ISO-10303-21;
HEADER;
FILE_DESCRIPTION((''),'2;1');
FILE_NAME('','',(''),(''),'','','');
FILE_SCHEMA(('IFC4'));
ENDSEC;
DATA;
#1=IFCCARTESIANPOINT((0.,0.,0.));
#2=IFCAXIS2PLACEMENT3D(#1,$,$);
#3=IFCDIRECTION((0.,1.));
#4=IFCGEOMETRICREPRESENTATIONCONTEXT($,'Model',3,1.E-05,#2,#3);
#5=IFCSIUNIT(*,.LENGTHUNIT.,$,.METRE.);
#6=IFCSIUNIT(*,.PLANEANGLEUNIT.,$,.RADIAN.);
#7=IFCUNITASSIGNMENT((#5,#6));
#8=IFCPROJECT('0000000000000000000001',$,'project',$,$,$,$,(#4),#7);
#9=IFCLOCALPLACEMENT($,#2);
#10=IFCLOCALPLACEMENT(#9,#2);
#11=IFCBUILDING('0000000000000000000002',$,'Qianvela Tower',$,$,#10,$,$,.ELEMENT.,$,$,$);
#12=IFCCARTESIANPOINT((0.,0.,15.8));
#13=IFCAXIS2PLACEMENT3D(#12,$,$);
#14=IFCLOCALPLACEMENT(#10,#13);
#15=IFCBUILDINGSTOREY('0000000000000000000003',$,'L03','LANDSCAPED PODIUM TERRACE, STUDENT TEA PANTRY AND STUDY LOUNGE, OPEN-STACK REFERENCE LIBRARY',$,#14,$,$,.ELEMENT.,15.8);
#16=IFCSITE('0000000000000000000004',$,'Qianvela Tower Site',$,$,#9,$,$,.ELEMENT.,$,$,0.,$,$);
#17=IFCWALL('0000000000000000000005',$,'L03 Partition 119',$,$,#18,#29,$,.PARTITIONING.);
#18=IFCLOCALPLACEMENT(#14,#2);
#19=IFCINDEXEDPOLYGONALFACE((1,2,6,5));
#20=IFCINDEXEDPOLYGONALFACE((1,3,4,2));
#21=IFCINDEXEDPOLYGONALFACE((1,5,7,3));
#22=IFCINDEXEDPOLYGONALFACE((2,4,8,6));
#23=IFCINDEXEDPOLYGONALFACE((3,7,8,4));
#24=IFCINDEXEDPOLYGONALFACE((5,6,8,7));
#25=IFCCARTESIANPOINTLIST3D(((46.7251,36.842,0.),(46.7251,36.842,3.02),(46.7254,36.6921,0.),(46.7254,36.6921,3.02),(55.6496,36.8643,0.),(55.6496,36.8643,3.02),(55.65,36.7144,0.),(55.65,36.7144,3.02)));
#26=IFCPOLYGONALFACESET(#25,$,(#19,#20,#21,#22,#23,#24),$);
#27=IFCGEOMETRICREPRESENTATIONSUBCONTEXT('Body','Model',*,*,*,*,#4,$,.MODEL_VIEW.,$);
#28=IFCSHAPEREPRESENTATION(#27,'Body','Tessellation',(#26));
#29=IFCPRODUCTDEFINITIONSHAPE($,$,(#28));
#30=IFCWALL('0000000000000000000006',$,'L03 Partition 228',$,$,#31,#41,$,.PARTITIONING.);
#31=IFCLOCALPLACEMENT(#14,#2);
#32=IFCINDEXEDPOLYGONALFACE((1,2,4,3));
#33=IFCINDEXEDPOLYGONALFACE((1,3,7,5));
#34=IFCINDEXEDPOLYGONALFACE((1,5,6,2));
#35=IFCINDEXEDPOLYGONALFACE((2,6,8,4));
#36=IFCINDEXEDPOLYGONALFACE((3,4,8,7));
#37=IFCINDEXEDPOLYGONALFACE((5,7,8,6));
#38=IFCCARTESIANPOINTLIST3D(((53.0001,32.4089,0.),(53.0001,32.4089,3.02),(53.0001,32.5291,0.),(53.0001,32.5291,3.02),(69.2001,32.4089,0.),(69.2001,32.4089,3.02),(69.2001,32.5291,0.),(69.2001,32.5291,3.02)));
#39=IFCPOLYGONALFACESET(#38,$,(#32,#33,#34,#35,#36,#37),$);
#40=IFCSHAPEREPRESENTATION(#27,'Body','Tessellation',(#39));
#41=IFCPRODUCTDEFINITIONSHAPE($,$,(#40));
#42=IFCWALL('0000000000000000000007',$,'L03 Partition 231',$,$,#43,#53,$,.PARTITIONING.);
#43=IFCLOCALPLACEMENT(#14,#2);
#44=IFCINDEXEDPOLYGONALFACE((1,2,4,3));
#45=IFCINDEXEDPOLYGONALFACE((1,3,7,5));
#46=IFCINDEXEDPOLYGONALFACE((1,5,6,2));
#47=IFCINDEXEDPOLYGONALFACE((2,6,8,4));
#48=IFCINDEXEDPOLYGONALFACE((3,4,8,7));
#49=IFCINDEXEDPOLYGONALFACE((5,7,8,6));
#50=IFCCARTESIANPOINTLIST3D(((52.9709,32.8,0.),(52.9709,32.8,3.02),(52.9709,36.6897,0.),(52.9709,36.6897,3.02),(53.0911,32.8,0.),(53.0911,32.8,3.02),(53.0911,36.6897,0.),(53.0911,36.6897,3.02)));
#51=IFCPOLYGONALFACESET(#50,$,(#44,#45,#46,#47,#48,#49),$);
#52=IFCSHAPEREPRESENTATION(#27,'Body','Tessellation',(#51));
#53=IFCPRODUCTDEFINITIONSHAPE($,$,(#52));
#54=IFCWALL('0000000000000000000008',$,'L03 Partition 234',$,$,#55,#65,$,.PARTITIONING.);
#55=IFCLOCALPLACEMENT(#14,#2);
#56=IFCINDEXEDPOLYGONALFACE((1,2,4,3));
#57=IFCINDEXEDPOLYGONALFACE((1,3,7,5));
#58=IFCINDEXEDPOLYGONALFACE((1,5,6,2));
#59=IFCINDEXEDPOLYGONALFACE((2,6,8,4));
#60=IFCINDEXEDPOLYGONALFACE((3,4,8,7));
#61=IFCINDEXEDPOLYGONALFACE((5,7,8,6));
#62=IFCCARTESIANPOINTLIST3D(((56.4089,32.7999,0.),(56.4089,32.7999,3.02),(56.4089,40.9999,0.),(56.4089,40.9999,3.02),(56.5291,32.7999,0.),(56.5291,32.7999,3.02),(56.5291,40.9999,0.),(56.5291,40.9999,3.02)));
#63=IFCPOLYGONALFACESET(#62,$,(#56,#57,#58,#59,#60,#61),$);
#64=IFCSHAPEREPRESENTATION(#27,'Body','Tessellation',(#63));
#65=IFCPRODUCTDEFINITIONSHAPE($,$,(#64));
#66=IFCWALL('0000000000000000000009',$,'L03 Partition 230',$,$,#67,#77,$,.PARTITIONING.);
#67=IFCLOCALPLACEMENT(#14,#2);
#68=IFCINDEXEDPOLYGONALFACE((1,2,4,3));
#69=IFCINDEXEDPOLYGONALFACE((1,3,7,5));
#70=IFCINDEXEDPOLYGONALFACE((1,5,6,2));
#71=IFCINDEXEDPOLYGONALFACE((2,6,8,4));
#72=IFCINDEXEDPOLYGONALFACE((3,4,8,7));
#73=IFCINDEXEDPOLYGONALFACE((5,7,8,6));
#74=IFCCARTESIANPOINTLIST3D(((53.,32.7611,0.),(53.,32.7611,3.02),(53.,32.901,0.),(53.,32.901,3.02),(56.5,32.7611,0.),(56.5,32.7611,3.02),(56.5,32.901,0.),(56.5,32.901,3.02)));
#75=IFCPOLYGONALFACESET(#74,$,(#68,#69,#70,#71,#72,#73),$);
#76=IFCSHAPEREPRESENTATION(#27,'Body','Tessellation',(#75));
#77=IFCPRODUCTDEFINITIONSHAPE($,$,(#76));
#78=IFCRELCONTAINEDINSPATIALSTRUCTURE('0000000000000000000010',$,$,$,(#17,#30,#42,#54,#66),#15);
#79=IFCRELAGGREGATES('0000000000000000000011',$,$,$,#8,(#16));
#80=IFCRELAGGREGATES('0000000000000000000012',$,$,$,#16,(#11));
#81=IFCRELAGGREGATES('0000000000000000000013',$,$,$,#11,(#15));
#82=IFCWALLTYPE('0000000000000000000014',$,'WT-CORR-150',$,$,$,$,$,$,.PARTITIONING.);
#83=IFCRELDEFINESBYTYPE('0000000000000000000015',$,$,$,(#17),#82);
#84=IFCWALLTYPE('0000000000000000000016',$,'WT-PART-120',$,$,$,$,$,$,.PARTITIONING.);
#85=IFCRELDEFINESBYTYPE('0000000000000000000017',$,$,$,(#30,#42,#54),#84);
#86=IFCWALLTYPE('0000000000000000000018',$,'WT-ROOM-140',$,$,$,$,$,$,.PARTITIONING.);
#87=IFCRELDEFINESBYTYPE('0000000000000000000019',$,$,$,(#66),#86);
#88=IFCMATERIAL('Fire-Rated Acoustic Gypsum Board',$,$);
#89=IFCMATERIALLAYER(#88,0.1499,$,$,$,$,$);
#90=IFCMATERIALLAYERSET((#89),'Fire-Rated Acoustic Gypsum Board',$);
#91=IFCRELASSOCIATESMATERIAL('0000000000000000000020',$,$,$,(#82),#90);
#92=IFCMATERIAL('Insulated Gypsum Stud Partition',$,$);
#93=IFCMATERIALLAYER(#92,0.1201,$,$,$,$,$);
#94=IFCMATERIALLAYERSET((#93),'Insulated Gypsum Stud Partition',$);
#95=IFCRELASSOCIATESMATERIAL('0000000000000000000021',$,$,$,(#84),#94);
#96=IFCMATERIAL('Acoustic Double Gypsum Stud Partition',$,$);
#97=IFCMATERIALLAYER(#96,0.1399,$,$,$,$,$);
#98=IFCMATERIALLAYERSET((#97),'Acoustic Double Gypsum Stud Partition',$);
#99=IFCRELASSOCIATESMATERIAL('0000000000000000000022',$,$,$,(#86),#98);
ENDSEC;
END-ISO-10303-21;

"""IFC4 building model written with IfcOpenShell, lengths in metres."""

from ifc_helpers import new_model, si_unit, direction, frame, frame_2d, origin, place, context, subcontext, project, spatial, rectangle, extrude, material, layer, layer_set, type_object, element, save


model = new_model("IFC4")

# Units and contexts
model_context = context("Model", 3, precision=1e-05, world=origin(), true_north=direction((0.0, 1.0)))
body_context = subcontext(model_context, "Body", "Model", "MODEL_VIEW")
ifc_project = project(units=[si_unit("LENGTHUNIT", "METRE"), si_unit("PLANEANGLEUNIT", "RADIAN")], contexts=[model_context])

# Site, building, storey
site_placement = place(None, origin())
site = spatial("IfcSite", under=ifc_project, at=site_placement, Name="Qianvela Tower Site", CompositionType="ELEMENT", RefElevation=0.0)
building_placement = place(site_placement, origin())
building = spatial("IfcBuilding", under=site, at=building_placement, Name="Qianvela Tower", CompositionType="ELEMENT")
storey_placement = place(building_placement, frame((0.0, 0.0, 15.8)))
storey = spatial("IfcBuildingStorey", under=building, at=storey_placement, Name="L03", Description="LANDSCAPED PODIUM TERRACE, STUDENT TEA PANTRY AND STUDY LOUNGE, OPEN-STACK REFERENCE LIBRARY", CompositionType="ELEMENT", Elevation=15.8)

# Shared definitions
ifc_material_1 = material(Name="Fire-Rated Acoustic Gypsum Board")
ifc_layer_1 = layer(ifc_material_1, 0.1499)
ifc_layer_set_1 = layer_set([ifc_layer_1], Name="Fire-Rated Acoustic Gypsum Board")
wall_type_1 = type_object("IfcWallType", Name="WT-CORR-150", PredefinedType="PARTITIONING", material=ifc_layer_set_1)

# Walls
wall_1_placement = place(storey_placement, frame((55.6499, 36.7893, 0.0), z_axis=(0.0, 0.0, 1.0), x_axis=(-0.999997, -0.002489, 0.0)))
element("IfcWall", 1, at=wall_1_placement, inside=storey, type_object=wall_type_1, Name="L03 Partition 119", PredefinedType="PARTITIONING", context=body_context, shape_type="SweptSolid", body=[
    extrude(rectangle(XDim=8.9246, YDim=0.1499, at=frame_2d((4.4624, 0.0))), origin(), (0.0, 0.0, 1.0), 3.02),
])
ifc_material_2 = material(Name="Insulated Gypsum Stud Partition")
ifc_layer_2 = layer(ifc_material_2, 0.1201)
ifc_layer_set_2 = layer_set([ifc_layer_2], Name="Insulated Gypsum Stud Partition")
wall_type_2 = type_object("IfcWallType", Name="WT-PART-120", PredefinedType="PARTITIONING", material=ifc_layer_set_2)
wall_2_placement = place(storey_placement, frame((53.0, 32.469, 0.0), z_axis=(0.0, 0.0, 1.0), x_axis=(1.0, 0.0, 0.0)))
element("IfcWall", 2, at=wall_2_placement, inside=storey, type_object=wall_type_2, Name="L03 Partition 228", PredefinedType="PARTITIONING", context=body_context, shape_type="SweptSolid", body=[
    extrude(rectangle(XDim=16.2, YDim=0.1201, at=frame_2d((8.1001, 0.0))), origin(), (0.0, 0.0, 1.0), 3.02),
])
wall_3_placement = place(storey_placement, frame((53.031, 32.8, 0.0), z_axis=(0.0, 0.0, 1.0), x_axis=(0.0, 1.0, 0.0)))
element("IfcWall", 3, at=wall_3_placement, inside=storey, type_object=wall_type_2, Name="L03 Partition 231", PredefinedType="PARTITIONING", context=body_context, shape_type="SweptSolid", body=[
    extrude(rectangle(XDim=3.8896, YDim=0.1201, at=frame_2d((1.9448, 0.0))), origin(), (0.0, 0.0, 1.0), 3.02),
])
wall_4_placement = place(storey_placement, frame((56.469, 41.0, 0.0), z_axis=(0.0, 0.0, 1.0), x_axis=(0.0, -1.0, 0.0)))
element("IfcWall", 4, at=wall_4_placement, inside=storey, type_object=wall_type_2, Name="L03 Partition 234", PredefinedType="PARTITIONING", context=body_context, shape_type="SweptSolid", body=[
    extrude(rectangle(XDim=8.2, YDim=0.1201, at=frame_2d((4.1001, 0.0))), origin(), (0.0, 0.0, 1.0), 3.02),
])
ifc_material_3 = material(Name="Acoustic Double Gypsum Stud Partition")
ifc_layer_3 = layer(ifc_material_3, 0.1399)
ifc_layer_set_3 = layer_set([ifc_layer_3], Name="Acoustic Double Gypsum Stud Partition")
wall_type_3 = type_object("IfcWallType", Name="WT-ROOM-140", PredefinedType="PARTITIONING", material=ifc_layer_set_3)
wall_5_placement = place(storey_placement, frame((56.5, 32.8311, 0.0), z_axis=(0.0, 0.0, 1.0), x_axis=(-1.0, 0.0, 0.0)))
element("IfcWall", 5, at=wall_5_placement, inside=storey, type_object=wall_type_3, Name="L03 Partition 230", PredefinedType="PARTITIONING", context=body_context, shape_type="SweptSolid", body=[
    extrude(rectangle(XDim=3.5, YDim=0.1399, at=frame_2d((1.75, 0.0))), origin(), (0.0, 0.0, 1.0), 3.02),
])

save(model, "model.ifc")
